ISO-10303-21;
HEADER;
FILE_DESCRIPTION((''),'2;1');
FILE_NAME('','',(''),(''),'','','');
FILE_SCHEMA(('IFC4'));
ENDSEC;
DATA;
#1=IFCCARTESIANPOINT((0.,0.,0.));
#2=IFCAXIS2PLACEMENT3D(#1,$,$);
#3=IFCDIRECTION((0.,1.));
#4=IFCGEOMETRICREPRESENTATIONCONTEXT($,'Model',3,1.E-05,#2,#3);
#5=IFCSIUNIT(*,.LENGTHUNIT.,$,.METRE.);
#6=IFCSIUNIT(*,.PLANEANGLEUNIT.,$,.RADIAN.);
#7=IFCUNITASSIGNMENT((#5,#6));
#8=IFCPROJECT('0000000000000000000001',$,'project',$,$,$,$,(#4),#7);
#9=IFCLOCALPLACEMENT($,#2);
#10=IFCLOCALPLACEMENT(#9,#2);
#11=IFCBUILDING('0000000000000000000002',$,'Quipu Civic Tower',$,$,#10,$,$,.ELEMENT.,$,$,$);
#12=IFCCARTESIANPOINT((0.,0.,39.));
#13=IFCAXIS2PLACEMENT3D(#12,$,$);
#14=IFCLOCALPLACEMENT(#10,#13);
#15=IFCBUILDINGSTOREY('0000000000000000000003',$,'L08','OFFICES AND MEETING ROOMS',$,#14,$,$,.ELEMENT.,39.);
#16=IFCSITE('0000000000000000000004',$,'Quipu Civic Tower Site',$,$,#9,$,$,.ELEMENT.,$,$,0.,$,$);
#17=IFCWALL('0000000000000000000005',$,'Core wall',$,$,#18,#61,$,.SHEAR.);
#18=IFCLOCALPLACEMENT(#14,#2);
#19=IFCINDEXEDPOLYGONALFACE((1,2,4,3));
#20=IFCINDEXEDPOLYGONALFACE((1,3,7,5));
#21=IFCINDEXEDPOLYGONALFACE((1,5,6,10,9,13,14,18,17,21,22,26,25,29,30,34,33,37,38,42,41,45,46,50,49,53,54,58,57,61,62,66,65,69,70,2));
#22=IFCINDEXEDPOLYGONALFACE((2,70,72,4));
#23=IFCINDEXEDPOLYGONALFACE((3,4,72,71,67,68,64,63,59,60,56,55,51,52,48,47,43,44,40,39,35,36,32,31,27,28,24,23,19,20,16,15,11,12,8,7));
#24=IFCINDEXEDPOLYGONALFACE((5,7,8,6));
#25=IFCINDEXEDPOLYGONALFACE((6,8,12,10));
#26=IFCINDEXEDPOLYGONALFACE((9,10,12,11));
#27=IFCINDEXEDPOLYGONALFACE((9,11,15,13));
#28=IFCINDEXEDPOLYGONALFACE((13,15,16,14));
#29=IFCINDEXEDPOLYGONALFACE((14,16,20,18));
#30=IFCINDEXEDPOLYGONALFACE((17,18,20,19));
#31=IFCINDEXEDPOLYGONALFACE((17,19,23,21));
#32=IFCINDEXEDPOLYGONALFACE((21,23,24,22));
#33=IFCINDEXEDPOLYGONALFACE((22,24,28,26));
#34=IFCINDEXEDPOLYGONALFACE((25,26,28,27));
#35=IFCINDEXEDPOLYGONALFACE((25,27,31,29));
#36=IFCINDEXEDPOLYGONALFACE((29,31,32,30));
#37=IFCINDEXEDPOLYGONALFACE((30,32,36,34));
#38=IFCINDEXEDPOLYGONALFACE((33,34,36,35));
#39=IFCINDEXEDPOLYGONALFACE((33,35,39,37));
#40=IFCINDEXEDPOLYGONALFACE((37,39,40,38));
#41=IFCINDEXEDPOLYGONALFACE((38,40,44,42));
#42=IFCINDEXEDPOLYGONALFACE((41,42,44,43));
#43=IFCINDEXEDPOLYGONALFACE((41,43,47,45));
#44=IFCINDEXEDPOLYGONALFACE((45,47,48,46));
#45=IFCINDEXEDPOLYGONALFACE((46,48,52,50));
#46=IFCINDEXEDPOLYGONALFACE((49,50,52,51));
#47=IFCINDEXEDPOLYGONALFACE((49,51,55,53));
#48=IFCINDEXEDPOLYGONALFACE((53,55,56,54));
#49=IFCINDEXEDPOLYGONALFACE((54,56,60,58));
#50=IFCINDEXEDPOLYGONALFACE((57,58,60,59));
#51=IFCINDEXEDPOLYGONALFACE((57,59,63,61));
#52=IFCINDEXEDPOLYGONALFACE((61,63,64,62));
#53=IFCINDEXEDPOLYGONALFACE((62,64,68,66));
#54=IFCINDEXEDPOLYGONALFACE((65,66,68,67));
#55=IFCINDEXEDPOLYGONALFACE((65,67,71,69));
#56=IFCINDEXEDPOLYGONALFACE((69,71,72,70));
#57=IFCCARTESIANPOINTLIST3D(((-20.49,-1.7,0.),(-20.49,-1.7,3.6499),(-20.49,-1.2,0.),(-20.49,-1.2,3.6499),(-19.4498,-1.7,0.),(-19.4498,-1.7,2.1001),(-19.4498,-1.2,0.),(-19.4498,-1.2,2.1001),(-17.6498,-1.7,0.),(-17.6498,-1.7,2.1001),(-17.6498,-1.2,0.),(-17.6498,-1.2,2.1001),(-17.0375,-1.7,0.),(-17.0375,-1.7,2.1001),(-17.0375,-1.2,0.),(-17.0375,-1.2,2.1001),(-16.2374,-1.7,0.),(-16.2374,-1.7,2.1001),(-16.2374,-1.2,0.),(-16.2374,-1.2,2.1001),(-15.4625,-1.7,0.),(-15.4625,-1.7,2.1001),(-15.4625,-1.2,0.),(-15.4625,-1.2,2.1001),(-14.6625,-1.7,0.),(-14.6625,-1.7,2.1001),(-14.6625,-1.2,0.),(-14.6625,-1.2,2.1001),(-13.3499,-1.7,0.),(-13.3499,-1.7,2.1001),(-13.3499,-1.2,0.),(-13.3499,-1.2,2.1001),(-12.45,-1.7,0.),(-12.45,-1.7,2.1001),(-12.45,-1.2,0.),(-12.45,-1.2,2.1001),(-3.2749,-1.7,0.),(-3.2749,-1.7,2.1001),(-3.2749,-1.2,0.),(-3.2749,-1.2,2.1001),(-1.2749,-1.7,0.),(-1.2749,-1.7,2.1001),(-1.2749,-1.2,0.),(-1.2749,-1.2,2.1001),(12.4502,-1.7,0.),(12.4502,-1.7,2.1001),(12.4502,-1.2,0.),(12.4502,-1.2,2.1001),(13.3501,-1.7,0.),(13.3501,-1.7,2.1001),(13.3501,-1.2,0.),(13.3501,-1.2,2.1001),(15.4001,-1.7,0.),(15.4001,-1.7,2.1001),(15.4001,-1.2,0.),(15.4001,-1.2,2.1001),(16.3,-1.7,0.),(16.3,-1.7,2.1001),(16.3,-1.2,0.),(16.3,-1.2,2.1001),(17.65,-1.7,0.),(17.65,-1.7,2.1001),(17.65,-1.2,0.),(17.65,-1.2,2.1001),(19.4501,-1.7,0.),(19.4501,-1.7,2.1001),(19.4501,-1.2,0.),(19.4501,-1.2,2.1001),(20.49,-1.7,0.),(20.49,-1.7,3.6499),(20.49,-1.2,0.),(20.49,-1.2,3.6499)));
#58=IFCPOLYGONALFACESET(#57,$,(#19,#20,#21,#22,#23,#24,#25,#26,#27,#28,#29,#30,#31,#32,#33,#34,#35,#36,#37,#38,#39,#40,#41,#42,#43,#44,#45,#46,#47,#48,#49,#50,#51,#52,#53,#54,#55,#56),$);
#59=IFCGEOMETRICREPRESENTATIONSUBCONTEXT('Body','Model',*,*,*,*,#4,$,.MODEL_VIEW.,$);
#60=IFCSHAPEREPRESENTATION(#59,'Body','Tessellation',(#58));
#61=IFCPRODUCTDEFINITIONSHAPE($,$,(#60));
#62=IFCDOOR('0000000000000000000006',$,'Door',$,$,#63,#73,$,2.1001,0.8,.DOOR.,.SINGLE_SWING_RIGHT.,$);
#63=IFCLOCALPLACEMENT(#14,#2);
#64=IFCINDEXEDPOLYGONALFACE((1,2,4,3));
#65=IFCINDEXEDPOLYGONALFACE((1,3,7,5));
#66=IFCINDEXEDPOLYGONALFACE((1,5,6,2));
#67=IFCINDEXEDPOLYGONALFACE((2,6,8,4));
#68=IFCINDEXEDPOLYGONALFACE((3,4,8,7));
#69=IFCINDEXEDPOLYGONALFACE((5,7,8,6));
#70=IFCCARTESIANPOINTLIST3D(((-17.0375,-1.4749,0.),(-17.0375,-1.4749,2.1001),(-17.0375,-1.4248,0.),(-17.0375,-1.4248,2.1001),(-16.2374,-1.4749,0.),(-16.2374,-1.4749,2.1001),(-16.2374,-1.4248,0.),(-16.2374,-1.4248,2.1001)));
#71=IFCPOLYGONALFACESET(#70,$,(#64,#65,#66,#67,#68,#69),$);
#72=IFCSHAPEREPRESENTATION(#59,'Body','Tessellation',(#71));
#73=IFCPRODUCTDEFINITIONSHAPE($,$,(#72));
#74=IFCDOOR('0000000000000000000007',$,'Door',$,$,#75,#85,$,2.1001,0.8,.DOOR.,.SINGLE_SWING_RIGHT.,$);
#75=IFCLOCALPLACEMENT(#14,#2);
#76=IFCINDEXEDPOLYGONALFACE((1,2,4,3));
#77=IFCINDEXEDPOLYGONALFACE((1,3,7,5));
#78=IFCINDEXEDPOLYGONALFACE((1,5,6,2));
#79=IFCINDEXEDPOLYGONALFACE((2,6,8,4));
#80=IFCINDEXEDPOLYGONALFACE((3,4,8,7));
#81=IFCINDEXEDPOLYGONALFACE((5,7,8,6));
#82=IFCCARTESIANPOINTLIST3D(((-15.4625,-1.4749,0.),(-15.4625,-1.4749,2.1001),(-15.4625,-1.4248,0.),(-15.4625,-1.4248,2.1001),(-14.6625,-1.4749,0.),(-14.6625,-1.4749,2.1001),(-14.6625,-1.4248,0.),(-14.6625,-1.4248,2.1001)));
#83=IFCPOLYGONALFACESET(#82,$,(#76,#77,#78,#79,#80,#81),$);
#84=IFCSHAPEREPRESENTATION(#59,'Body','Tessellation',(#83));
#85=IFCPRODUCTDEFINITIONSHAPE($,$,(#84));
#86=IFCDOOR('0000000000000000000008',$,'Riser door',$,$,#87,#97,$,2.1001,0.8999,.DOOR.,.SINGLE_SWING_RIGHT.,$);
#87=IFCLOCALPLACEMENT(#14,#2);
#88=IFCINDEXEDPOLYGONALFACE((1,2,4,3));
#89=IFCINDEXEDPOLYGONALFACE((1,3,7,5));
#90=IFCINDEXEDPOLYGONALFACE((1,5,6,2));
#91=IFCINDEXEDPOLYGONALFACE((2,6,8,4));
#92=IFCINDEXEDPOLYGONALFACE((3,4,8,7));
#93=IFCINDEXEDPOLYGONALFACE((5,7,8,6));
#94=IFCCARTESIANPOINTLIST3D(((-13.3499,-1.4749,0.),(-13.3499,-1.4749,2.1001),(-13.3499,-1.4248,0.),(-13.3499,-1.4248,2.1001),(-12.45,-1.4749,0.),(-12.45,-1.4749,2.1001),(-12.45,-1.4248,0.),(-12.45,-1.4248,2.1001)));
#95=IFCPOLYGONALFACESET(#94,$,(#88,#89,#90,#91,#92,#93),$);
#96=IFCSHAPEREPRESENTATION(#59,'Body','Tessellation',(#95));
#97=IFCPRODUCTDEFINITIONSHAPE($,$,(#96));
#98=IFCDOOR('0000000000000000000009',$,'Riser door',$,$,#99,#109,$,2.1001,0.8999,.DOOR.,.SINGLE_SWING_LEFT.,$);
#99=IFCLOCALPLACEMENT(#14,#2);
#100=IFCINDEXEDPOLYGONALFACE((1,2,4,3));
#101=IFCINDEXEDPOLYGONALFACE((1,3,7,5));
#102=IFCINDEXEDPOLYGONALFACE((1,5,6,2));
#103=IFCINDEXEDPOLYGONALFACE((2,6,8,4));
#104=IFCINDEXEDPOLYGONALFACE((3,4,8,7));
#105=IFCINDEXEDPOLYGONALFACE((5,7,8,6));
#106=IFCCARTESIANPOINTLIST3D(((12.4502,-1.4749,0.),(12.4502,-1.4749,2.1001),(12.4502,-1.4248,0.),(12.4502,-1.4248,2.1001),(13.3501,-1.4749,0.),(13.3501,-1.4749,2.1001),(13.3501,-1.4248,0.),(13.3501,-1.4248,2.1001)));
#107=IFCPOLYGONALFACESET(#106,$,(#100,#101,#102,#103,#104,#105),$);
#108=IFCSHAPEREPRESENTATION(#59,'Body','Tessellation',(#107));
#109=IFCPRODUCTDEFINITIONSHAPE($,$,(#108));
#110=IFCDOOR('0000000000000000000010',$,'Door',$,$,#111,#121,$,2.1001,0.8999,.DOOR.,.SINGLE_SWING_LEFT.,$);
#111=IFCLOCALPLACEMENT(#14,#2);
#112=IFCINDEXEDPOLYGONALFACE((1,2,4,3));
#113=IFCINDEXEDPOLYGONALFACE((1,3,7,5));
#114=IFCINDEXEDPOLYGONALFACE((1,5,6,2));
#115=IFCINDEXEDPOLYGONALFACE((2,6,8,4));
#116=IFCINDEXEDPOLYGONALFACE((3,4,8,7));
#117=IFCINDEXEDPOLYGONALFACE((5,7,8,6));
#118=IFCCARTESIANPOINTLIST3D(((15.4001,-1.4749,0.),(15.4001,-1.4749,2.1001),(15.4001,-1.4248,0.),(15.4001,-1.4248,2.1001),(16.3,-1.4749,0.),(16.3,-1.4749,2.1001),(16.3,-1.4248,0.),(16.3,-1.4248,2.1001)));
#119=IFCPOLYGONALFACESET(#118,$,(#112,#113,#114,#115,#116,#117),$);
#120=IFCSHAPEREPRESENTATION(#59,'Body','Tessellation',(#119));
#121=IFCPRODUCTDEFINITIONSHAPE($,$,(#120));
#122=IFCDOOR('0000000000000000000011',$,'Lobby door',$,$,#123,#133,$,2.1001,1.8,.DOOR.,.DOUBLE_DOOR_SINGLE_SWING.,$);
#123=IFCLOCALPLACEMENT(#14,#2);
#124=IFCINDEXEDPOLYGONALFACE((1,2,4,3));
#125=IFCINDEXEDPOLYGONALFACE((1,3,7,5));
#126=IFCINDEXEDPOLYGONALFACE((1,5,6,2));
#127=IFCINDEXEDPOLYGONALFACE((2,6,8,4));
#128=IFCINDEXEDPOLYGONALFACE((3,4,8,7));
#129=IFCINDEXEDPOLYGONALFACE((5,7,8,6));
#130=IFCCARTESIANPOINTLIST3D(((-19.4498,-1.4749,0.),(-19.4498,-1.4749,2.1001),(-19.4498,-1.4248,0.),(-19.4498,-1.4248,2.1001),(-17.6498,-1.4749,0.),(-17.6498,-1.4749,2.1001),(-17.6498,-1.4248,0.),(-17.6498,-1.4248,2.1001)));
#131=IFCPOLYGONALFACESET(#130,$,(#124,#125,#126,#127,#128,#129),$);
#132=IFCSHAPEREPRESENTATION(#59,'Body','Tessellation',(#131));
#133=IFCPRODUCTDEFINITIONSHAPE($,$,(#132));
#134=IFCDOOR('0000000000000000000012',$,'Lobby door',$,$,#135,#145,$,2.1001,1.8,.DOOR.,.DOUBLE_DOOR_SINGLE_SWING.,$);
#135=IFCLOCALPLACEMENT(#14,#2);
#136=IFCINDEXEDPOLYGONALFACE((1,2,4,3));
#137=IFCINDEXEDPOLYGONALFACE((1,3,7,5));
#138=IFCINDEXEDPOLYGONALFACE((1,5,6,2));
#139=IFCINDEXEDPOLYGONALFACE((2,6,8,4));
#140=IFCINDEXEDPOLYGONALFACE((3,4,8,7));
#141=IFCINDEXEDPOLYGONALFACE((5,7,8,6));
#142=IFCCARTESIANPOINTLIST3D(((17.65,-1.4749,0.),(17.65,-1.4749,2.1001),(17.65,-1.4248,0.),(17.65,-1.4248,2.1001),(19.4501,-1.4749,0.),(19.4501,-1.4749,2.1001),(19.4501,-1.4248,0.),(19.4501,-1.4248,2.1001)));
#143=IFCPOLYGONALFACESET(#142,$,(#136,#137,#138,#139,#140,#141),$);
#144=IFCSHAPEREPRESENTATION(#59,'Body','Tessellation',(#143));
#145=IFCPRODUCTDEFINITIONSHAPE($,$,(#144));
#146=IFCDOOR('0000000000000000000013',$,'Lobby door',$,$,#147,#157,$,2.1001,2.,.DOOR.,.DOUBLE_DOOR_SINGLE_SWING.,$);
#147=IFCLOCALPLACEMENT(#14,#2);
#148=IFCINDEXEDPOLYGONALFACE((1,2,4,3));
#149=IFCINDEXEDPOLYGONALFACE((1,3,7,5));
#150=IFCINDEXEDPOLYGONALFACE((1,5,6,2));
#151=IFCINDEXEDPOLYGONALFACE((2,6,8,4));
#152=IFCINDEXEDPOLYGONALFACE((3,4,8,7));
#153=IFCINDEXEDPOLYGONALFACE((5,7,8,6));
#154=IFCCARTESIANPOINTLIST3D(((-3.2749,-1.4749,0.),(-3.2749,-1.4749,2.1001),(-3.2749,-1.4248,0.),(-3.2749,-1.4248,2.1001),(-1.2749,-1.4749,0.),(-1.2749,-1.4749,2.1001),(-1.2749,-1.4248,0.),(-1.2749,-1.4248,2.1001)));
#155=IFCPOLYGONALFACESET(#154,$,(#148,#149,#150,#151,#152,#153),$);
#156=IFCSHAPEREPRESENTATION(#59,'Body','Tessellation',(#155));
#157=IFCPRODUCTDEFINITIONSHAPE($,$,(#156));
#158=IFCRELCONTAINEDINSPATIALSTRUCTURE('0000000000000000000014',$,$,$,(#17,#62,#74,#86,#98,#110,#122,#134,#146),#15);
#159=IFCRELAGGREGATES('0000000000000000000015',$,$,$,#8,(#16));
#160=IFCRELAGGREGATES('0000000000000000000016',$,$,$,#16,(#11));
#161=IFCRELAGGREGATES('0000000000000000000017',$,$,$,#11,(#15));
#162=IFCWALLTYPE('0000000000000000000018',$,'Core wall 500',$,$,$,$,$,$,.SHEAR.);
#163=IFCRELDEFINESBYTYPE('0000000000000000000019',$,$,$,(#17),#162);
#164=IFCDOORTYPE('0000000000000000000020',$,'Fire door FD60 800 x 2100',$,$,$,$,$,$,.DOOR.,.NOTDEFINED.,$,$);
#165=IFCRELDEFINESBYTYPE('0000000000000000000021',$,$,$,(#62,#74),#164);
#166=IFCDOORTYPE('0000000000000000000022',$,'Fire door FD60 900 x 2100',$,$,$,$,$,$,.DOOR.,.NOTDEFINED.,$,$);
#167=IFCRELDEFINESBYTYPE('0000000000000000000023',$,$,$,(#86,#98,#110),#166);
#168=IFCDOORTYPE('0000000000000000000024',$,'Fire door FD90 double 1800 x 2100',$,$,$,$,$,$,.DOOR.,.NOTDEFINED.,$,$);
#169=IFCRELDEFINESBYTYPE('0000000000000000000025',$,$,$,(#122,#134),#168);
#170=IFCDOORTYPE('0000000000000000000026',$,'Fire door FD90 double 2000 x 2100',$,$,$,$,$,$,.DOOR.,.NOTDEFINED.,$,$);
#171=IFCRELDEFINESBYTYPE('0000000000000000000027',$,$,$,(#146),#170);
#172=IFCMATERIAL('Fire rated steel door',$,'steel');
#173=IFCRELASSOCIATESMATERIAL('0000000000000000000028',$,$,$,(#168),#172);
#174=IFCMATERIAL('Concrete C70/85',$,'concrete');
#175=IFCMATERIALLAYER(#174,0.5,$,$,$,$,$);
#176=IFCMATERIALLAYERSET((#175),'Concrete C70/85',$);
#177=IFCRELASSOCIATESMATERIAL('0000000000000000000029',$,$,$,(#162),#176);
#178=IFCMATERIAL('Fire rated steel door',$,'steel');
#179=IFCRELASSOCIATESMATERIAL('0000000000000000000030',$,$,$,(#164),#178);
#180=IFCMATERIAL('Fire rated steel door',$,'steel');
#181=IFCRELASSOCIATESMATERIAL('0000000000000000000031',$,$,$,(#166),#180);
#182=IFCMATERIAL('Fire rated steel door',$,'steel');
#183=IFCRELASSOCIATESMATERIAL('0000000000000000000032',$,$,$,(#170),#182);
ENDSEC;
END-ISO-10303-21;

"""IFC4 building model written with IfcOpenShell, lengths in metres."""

from ifc_helpers import new_model, si_unit, direction, frame, frame_2d, origin, place, context, subcontext, project, spatial, rectangle, extrude, material, layer, layer_set, type_object, element, fill, save


model = new_model("IFC4")

# Units and contexts
model_context = context("Model", 3, precision=1e-05, world=origin(), true_north=direction((0.0, 1.0)))
body_context = subcontext(model_context, "Body", "Model", "MODEL_VIEW")
ifc_project = project(units=[si_unit("LENGTHUNIT", "METRE"), si_unit("PLANEANGLEUNIT", "RADIAN")], contexts=[model_context])

# Site, building, storey
site_placement = place(None, origin())
site = spatial("IfcSite", under=ifc_project, at=site_placement, Name="Quipu Civic Tower Site", CompositionType="ELEMENT", RefElevation=0.0)
building_placement = place(site_placement, origin())
building = spatial("IfcBuilding", under=site, at=building_placement, Name="Quipu Civic Tower", CompositionType="ELEMENT")
storey_placement = place(building_placement, frame((0.0, 0.0, 39.0)))
storey = spatial("IfcBuildingStorey", under=building, at=storey_placement, Name="L08", Description="OFFICES AND MEETING ROOMS", CompositionType="ELEMENT", Elevation=39.0)

# Shared definitions
ifc_material_1 = material(Name="Fire rated steel door", Category="steel")
door_type_1 = type_object("IfcDoorType", Name="Fire door FD90 double 1800 x 2100", OperationType="NOTDEFINED", PredefinedType="DOOR", material=ifc_material_1)

# Wall, openings, doors
ifc_material_2 = material(Name="Concrete C70/85", Category="concrete")
ifc_layer_1 = layer(ifc_material_2, 0.5)
ifc_layer_set_1 = layer_set([ifc_layer_1], Name="Concrete C70/85")
wall_type_1 = type_object("IfcWallType", Name="Core wall 500", PredefinedType="SHEAR", material=ifc_layer_set_1)
wall_1_placement = place(storey_placement, frame((20.49, -1.45, 0.0), z_axis=(0.0, 0.0, 1.0), x_axis=(-1.0, 0.0, 0.0)))
wall_1 = element("IfcWall", 1, at=wall_1_placement, inside=storey, type_object=wall_type_1, Name="Core wall", PredefinedType="SHEAR", context=body_context, shape_type="SweptSolid", body=[
    extrude(rectangle(XDim=40.98, YDim=0.5, at=frame_2d((20.49, 0.0))), origin(), (0.0, 0.0, 1.0), 3.6499),
])
opening_1_placement = place(wall_1_placement, frame((38.1399, 0.0, 0.0)))
opening_1 = element("IfcOpeningElement", 2, at=opening_1_placement, cuts=wall_1, PredefinedType="OPENING", context=body_context, shape_type="SweptSolid", body=[
    extrude(rectangle(XDim=1.8, YDim=2.1001, at=frame_2d((0.8999, 1.05))), frame((0.0, 0.26, 0.0), z_axis=(0.0, -1.0, 0.0), x_axis=(1.0, 0.0, 0.0)), (0.0, 0.0, 1.0), 0.52),
])
opening_2_placement = place(wall_1_placement, frame((36.7275, 0.0, 0.0)))
opening_2 = element("IfcOpeningElement", 3, at=opening_2_placement, cuts=wall_1, PredefinedType="OPENING", context=body_context, shape_type="SweptSolid", body=[
    extrude(rectangle(XDim=0.8, YDim=2.1001, at=frame_2d((0.3999, 1.05))), frame((0.0, 0.26, 0.0), z_axis=(0.0, -1.0, 0.0), x_axis=(1.0, 0.0, 0.0)), (0.0, 0.0, 1.0), 0.52),
])
opening_3_placement = place(wall_1_placement, frame((35.1526, 0.0, 0.0)))
opening_3 = element("IfcOpeningElement", 4, at=opening_3_placement, cuts=wall_1, PredefinedType="OPENING", context=body_context, shape_type="SweptSolid", body=[
    extrude(rectangle(XDim=0.8, YDim=2.1001, at=frame_2d((0.3999, 1.05))), frame((0.0, 0.26, 0.0), z_axis=(0.0, -1.0, 0.0), x_axis=(1.0, 0.0, 0.0)), (0.0, 0.0, 1.0), 0.52),
])
opening_4_placement = place(wall_1_placement, frame((32.9399, 0.0, 0.0)))
opening_4 = element("IfcOpeningElement", 5, at=opening_4_placement, cuts=wall_1, PredefinedType="OPENING", context=body_context, shape_type="SweptSolid", body=[
    extrude(rectangle(XDim=0.8999, YDim=2.1001, at=frame_2d((0.45, 1.05))), frame((0.0, 0.26, 0.0), z_axis=(0.0, -1.0, 0.0), x_axis=(1.0, 0.0, 0.0)), (0.0, 0.0, 1.0), 0.52),
])
opening_5_placement = place(wall_1_placement, frame((21.7649, 0.0, 0.0)))
opening_5 = element("IfcOpeningElement", 6, at=opening_5_placement, cuts=wall_1, PredefinedType="OPENING", context=body_context, shape_type="SweptSolid", body=[
    extrude(rectangle(XDim=2.0, YDim=2.1001, at=frame_2d((1.0, 1.05))), frame((0.0, 0.26, 0.0), z_axis=(0.0, -1.0, 0.0), x_axis=(1.0, 0.0, 0.0)), (0.0, 0.0, 1.0), 0.52),
])
opening_6_placement = place(wall_1_placement, frame((7.1399, 0.0, 0.0)))
opening_6 = element("IfcOpeningElement", 7, at=opening_6_placement, cuts=wall_1, PredefinedType="OPENING", context=body_context, shape_type="SweptSolid", body=[
    extrude(rectangle(XDim=0.8999, YDim=2.1001, at=frame_2d((0.45, 1.05))), frame((0.0, 0.26, 0.0), z_axis=(0.0, -1.0, 0.0), x_axis=(1.0, 0.0, 0.0)), (0.0, 0.0, 1.0), 0.52),
])
opening_7_placement = place(wall_1_placement, frame((4.1899, 0.0, 0.0)))
opening_7 = element("IfcOpeningElement", 8, at=opening_7_placement, cuts=wall_1, PredefinedType="OPENING", context=body_context, shape_type="SweptSolid", body=[
    extrude(rectangle(XDim=0.8999, YDim=2.1001, at=frame_2d((0.45, 1.05))), frame((0.0, 0.26, 0.0), z_axis=(0.0, -1.0, 0.0), x_axis=(1.0, 0.0, 0.0)), (0.0, 0.0, 1.0), 0.52),
])
opening_8_placement = place(wall_1_placement, frame((1.04, 0.0, 0.0)))
opening_8 = element("IfcOpeningElement", 9, at=opening_8_placement, cuts=wall_1, PredefinedType="OPENING", context=body_context, shape_type="SweptSolid", body=[
    extrude(rectangle(XDim=1.8, YDim=2.1001, at=frame_2d((0.8999, 1.05))), frame((0.0, 0.26, 0.0), z_axis=(0.0, -1.0, 0.0), x_axis=(1.0, 0.0, 0.0)), (0.0, 0.0, 1.0), 0.52),
])
ifc_material_3 = material(Name="Fire rated steel door", Category="steel")
door_type_2 = type_object("IfcDoorType", Name="Fire door FD60 800 x 2100", OperationType="NOTDEFINED", PredefinedType="DOOR", material=ifc_material_3)
door_1_placement = place(opening_2_placement, origin())
door_1 = element("IfcDoor", 10, at=door_1_placement, inside=storey, type_object=door_type_2, Name="Door", OperationType="SINGLE_SWING_RIGHT", OverallHeight=2.1001, OverallWidth=0.8, PredefinedType="DOOR", context=body_context, shape_type="SweptSolid", body=[
    extrude(rectangle(XDim=0.8, YDim=2.1001, at=frame_2d((0.3999, 1.05))), frame((0.0, 0.0249, 0.0), z_axis=(0.0, -1.0, 0.0), x_axis=(1.0, 0.0, 0.0)), (0.0, 0.0, 1.0), 0.05),
])
fill(opening_2, door_1)
door_2_placement = place(opening_3_placement, origin())
door_2 = element("IfcDoor", 11, at=door_2_placement, inside=storey, type_object=door_type_2, Name="Door", OperationType="SINGLE_SWING_RIGHT", OverallHeight=2.1001, OverallWidth=0.8, PredefinedType="DOOR", context=body_context, shape_type="SweptSolid", body=[
    extrude(rectangle(XDim=0.8, YDim=2.1001, at=frame_2d((0.3999, 1.05))), frame((0.0, 0.0249, 0.0), z_axis=(0.0, -1.0, 0.0), x_axis=(1.0, 0.0, 0.0)), (0.0, 0.0, 1.0), 0.05),
])
fill(opening_3, door_2)
ifc_material_4 = material(Name="Fire rated steel door", Category="steel")
door_type_3 = type_object("IfcDoorType", Name="Fire door FD60 900 x 2100", OperationType="NOTDEFINED", PredefinedType="DOOR", material=ifc_material_4)
door_3_placement = place(opening_4_placement, origin())
door_3 = element("IfcDoor", 12, at=door_3_placement, inside=storey, type_object=door_type_3, Name="Riser door", OperationType="SINGLE_SWING_RIGHT", OverallHeight=2.1001, OverallWidth=0.8999, PredefinedType="DOOR", context=body_context, shape_type="SweptSolid", body=[
    extrude(rectangle(XDim=0.8999, YDim=2.1001, at=frame_2d((0.45, 1.05))), frame((0.0, 0.0249, 0.0), z_axis=(0.0, -1.0, 0.0), x_axis=(1.0, 0.0, 0.0)), (0.0, 0.0, 1.0), 0.05),
])
fill(opening_4, door_3)
door_4_placement = place(opening_6_placement, origin())
door_4 = element("IfcDoor", 13, at=door_4_placement, inside=storey, type_object=door_type_3, Name="Riser door", OperationType="SINGLE_SWING_LEFT", OverallHeight=2.1001, OverallWidth=0.8999, PredefinedType="DOOR", context=body_context, shape_type="SweptSolid", body=[
    extrude(rectangle(XDim=0.8999, YDim=2.1001, at=frame_2d((0.45, 1.05))), frame((0.0, 0.0249, 0.0), z_axis=(0.0, -1.0, 0.0), x_axis=(1.0, 0.0, 0.0)), (0.0, 0.0, 1.0), 0.05),
])
fill(opening_6, door_4)
door_5_placement = place(opening_7_placement, origin())
door_5 = element("IfcDoor", 14, at=door_5_placement, inside=storey, type_object=door_type_3, Name="Door", OperationType="SINGLE_SWING_LEFT", OverallHeight=2.1001, OverallWidth=0.8999, PredefinedType="DOOR", context=body_context, shape_type="SweptSolid", body=[
    extrude(rectangle(XDim=0.8999, YDim=2.1001, at=frame_2d((0.45, 1.05))), frame((0.0, 0.0249, 0.0), z_axis=(0.0, -1.0, 0.0), x_axis=(1.0, 0.0, 0.0)), (0.0, 0.0, 1.0), 0.05),
])
fill(opening_7, door_5)
door_6_placement = place(opening_1_placement, origin())
door_6 = element("IfcDoor", 15, at=door_6_placement, inside=storey, type_object=door_type_1, Name="Lobby door", OperationType="DOUBLE_DOOR_SINGLE_SWING", OverallHeight=2.1001, OverallWidth=1.8, PredefinedType="DOOR", context=body_context, shape_type="SweptSolid", body=[
    extrude(rectangle(XDim=1.8, YDim=2.1001, at=frame_2d((0.8999, 1.05))), frame((0.0, 0.0249, 0.0), z_axis=(0.0, -1.0, 0.0), x_axis=(1.0, 0.0, 0.0)), (0.0, 0.0, 1.0), 0.05),
])
fill(opening_1, door_6)
door_7_placement = place(opening_8_placement, origin())
door_7 = element("IfcDoor", 16, at=door_7_placement, inside=storey, type_object=door_type_1, Name="Lobby door", OperationType="DOUBLE_DOOR_SINGLE_SWING", OverallHeight=2.1001, OverallWidth=1.8, PredefinedType="DOOR", context=body_context, shape_type="SweptSolid", body=[
    extrude(rectangle(XDim=1.8, YDim=2.1001, at=frame_2d((0.8999, 1.05))), frame((0.0, 0.0249, 0.0), z_axis=(0.0, -1.0, 0.0), x_axis=(1.0, 0.0, 0.0)), (0.0, 0.0, 1.0), 0.05),
])
fill(opening_8, door_7)
ifc_material_5 = material(Name="Fire rated steel door", Category="steel")
door_type_4 = type_object("IfcDoorType", Name="Fire door FD90 double 2000 x 2100", OperationType="NOTDEFINED", PredefinedType="DOOR", material=ifc_material_5)
door_8_placement = place(opening_5_placement, origin())
door_8 = element("IfcDoor", 17, at=door_8_placement, inside=storey, type_object=door_type_4, Name="Lobby door", OperationType="DOUBLE_DOOR_SINGLE_SWING", OverallHeight=2.1001, OverallWidth=2.0, PredefinedType="DOOR", context=body_context, shape_type="SweptSolid", body=[
    extrude(rectangle(XDim=2.0, YDim=2.1001, at=frame_2d((1.0, 1.05))), frame((0.0, 0.0249, 0.0), z_axis=(0.0, -1.0, 0.0), x_axis=(1.0, 0.0, 0.0)), (0.0, 0.0, 1.0), 0.05),
])
fill(opening_5, door_8)

save(model, "model.ifc")
